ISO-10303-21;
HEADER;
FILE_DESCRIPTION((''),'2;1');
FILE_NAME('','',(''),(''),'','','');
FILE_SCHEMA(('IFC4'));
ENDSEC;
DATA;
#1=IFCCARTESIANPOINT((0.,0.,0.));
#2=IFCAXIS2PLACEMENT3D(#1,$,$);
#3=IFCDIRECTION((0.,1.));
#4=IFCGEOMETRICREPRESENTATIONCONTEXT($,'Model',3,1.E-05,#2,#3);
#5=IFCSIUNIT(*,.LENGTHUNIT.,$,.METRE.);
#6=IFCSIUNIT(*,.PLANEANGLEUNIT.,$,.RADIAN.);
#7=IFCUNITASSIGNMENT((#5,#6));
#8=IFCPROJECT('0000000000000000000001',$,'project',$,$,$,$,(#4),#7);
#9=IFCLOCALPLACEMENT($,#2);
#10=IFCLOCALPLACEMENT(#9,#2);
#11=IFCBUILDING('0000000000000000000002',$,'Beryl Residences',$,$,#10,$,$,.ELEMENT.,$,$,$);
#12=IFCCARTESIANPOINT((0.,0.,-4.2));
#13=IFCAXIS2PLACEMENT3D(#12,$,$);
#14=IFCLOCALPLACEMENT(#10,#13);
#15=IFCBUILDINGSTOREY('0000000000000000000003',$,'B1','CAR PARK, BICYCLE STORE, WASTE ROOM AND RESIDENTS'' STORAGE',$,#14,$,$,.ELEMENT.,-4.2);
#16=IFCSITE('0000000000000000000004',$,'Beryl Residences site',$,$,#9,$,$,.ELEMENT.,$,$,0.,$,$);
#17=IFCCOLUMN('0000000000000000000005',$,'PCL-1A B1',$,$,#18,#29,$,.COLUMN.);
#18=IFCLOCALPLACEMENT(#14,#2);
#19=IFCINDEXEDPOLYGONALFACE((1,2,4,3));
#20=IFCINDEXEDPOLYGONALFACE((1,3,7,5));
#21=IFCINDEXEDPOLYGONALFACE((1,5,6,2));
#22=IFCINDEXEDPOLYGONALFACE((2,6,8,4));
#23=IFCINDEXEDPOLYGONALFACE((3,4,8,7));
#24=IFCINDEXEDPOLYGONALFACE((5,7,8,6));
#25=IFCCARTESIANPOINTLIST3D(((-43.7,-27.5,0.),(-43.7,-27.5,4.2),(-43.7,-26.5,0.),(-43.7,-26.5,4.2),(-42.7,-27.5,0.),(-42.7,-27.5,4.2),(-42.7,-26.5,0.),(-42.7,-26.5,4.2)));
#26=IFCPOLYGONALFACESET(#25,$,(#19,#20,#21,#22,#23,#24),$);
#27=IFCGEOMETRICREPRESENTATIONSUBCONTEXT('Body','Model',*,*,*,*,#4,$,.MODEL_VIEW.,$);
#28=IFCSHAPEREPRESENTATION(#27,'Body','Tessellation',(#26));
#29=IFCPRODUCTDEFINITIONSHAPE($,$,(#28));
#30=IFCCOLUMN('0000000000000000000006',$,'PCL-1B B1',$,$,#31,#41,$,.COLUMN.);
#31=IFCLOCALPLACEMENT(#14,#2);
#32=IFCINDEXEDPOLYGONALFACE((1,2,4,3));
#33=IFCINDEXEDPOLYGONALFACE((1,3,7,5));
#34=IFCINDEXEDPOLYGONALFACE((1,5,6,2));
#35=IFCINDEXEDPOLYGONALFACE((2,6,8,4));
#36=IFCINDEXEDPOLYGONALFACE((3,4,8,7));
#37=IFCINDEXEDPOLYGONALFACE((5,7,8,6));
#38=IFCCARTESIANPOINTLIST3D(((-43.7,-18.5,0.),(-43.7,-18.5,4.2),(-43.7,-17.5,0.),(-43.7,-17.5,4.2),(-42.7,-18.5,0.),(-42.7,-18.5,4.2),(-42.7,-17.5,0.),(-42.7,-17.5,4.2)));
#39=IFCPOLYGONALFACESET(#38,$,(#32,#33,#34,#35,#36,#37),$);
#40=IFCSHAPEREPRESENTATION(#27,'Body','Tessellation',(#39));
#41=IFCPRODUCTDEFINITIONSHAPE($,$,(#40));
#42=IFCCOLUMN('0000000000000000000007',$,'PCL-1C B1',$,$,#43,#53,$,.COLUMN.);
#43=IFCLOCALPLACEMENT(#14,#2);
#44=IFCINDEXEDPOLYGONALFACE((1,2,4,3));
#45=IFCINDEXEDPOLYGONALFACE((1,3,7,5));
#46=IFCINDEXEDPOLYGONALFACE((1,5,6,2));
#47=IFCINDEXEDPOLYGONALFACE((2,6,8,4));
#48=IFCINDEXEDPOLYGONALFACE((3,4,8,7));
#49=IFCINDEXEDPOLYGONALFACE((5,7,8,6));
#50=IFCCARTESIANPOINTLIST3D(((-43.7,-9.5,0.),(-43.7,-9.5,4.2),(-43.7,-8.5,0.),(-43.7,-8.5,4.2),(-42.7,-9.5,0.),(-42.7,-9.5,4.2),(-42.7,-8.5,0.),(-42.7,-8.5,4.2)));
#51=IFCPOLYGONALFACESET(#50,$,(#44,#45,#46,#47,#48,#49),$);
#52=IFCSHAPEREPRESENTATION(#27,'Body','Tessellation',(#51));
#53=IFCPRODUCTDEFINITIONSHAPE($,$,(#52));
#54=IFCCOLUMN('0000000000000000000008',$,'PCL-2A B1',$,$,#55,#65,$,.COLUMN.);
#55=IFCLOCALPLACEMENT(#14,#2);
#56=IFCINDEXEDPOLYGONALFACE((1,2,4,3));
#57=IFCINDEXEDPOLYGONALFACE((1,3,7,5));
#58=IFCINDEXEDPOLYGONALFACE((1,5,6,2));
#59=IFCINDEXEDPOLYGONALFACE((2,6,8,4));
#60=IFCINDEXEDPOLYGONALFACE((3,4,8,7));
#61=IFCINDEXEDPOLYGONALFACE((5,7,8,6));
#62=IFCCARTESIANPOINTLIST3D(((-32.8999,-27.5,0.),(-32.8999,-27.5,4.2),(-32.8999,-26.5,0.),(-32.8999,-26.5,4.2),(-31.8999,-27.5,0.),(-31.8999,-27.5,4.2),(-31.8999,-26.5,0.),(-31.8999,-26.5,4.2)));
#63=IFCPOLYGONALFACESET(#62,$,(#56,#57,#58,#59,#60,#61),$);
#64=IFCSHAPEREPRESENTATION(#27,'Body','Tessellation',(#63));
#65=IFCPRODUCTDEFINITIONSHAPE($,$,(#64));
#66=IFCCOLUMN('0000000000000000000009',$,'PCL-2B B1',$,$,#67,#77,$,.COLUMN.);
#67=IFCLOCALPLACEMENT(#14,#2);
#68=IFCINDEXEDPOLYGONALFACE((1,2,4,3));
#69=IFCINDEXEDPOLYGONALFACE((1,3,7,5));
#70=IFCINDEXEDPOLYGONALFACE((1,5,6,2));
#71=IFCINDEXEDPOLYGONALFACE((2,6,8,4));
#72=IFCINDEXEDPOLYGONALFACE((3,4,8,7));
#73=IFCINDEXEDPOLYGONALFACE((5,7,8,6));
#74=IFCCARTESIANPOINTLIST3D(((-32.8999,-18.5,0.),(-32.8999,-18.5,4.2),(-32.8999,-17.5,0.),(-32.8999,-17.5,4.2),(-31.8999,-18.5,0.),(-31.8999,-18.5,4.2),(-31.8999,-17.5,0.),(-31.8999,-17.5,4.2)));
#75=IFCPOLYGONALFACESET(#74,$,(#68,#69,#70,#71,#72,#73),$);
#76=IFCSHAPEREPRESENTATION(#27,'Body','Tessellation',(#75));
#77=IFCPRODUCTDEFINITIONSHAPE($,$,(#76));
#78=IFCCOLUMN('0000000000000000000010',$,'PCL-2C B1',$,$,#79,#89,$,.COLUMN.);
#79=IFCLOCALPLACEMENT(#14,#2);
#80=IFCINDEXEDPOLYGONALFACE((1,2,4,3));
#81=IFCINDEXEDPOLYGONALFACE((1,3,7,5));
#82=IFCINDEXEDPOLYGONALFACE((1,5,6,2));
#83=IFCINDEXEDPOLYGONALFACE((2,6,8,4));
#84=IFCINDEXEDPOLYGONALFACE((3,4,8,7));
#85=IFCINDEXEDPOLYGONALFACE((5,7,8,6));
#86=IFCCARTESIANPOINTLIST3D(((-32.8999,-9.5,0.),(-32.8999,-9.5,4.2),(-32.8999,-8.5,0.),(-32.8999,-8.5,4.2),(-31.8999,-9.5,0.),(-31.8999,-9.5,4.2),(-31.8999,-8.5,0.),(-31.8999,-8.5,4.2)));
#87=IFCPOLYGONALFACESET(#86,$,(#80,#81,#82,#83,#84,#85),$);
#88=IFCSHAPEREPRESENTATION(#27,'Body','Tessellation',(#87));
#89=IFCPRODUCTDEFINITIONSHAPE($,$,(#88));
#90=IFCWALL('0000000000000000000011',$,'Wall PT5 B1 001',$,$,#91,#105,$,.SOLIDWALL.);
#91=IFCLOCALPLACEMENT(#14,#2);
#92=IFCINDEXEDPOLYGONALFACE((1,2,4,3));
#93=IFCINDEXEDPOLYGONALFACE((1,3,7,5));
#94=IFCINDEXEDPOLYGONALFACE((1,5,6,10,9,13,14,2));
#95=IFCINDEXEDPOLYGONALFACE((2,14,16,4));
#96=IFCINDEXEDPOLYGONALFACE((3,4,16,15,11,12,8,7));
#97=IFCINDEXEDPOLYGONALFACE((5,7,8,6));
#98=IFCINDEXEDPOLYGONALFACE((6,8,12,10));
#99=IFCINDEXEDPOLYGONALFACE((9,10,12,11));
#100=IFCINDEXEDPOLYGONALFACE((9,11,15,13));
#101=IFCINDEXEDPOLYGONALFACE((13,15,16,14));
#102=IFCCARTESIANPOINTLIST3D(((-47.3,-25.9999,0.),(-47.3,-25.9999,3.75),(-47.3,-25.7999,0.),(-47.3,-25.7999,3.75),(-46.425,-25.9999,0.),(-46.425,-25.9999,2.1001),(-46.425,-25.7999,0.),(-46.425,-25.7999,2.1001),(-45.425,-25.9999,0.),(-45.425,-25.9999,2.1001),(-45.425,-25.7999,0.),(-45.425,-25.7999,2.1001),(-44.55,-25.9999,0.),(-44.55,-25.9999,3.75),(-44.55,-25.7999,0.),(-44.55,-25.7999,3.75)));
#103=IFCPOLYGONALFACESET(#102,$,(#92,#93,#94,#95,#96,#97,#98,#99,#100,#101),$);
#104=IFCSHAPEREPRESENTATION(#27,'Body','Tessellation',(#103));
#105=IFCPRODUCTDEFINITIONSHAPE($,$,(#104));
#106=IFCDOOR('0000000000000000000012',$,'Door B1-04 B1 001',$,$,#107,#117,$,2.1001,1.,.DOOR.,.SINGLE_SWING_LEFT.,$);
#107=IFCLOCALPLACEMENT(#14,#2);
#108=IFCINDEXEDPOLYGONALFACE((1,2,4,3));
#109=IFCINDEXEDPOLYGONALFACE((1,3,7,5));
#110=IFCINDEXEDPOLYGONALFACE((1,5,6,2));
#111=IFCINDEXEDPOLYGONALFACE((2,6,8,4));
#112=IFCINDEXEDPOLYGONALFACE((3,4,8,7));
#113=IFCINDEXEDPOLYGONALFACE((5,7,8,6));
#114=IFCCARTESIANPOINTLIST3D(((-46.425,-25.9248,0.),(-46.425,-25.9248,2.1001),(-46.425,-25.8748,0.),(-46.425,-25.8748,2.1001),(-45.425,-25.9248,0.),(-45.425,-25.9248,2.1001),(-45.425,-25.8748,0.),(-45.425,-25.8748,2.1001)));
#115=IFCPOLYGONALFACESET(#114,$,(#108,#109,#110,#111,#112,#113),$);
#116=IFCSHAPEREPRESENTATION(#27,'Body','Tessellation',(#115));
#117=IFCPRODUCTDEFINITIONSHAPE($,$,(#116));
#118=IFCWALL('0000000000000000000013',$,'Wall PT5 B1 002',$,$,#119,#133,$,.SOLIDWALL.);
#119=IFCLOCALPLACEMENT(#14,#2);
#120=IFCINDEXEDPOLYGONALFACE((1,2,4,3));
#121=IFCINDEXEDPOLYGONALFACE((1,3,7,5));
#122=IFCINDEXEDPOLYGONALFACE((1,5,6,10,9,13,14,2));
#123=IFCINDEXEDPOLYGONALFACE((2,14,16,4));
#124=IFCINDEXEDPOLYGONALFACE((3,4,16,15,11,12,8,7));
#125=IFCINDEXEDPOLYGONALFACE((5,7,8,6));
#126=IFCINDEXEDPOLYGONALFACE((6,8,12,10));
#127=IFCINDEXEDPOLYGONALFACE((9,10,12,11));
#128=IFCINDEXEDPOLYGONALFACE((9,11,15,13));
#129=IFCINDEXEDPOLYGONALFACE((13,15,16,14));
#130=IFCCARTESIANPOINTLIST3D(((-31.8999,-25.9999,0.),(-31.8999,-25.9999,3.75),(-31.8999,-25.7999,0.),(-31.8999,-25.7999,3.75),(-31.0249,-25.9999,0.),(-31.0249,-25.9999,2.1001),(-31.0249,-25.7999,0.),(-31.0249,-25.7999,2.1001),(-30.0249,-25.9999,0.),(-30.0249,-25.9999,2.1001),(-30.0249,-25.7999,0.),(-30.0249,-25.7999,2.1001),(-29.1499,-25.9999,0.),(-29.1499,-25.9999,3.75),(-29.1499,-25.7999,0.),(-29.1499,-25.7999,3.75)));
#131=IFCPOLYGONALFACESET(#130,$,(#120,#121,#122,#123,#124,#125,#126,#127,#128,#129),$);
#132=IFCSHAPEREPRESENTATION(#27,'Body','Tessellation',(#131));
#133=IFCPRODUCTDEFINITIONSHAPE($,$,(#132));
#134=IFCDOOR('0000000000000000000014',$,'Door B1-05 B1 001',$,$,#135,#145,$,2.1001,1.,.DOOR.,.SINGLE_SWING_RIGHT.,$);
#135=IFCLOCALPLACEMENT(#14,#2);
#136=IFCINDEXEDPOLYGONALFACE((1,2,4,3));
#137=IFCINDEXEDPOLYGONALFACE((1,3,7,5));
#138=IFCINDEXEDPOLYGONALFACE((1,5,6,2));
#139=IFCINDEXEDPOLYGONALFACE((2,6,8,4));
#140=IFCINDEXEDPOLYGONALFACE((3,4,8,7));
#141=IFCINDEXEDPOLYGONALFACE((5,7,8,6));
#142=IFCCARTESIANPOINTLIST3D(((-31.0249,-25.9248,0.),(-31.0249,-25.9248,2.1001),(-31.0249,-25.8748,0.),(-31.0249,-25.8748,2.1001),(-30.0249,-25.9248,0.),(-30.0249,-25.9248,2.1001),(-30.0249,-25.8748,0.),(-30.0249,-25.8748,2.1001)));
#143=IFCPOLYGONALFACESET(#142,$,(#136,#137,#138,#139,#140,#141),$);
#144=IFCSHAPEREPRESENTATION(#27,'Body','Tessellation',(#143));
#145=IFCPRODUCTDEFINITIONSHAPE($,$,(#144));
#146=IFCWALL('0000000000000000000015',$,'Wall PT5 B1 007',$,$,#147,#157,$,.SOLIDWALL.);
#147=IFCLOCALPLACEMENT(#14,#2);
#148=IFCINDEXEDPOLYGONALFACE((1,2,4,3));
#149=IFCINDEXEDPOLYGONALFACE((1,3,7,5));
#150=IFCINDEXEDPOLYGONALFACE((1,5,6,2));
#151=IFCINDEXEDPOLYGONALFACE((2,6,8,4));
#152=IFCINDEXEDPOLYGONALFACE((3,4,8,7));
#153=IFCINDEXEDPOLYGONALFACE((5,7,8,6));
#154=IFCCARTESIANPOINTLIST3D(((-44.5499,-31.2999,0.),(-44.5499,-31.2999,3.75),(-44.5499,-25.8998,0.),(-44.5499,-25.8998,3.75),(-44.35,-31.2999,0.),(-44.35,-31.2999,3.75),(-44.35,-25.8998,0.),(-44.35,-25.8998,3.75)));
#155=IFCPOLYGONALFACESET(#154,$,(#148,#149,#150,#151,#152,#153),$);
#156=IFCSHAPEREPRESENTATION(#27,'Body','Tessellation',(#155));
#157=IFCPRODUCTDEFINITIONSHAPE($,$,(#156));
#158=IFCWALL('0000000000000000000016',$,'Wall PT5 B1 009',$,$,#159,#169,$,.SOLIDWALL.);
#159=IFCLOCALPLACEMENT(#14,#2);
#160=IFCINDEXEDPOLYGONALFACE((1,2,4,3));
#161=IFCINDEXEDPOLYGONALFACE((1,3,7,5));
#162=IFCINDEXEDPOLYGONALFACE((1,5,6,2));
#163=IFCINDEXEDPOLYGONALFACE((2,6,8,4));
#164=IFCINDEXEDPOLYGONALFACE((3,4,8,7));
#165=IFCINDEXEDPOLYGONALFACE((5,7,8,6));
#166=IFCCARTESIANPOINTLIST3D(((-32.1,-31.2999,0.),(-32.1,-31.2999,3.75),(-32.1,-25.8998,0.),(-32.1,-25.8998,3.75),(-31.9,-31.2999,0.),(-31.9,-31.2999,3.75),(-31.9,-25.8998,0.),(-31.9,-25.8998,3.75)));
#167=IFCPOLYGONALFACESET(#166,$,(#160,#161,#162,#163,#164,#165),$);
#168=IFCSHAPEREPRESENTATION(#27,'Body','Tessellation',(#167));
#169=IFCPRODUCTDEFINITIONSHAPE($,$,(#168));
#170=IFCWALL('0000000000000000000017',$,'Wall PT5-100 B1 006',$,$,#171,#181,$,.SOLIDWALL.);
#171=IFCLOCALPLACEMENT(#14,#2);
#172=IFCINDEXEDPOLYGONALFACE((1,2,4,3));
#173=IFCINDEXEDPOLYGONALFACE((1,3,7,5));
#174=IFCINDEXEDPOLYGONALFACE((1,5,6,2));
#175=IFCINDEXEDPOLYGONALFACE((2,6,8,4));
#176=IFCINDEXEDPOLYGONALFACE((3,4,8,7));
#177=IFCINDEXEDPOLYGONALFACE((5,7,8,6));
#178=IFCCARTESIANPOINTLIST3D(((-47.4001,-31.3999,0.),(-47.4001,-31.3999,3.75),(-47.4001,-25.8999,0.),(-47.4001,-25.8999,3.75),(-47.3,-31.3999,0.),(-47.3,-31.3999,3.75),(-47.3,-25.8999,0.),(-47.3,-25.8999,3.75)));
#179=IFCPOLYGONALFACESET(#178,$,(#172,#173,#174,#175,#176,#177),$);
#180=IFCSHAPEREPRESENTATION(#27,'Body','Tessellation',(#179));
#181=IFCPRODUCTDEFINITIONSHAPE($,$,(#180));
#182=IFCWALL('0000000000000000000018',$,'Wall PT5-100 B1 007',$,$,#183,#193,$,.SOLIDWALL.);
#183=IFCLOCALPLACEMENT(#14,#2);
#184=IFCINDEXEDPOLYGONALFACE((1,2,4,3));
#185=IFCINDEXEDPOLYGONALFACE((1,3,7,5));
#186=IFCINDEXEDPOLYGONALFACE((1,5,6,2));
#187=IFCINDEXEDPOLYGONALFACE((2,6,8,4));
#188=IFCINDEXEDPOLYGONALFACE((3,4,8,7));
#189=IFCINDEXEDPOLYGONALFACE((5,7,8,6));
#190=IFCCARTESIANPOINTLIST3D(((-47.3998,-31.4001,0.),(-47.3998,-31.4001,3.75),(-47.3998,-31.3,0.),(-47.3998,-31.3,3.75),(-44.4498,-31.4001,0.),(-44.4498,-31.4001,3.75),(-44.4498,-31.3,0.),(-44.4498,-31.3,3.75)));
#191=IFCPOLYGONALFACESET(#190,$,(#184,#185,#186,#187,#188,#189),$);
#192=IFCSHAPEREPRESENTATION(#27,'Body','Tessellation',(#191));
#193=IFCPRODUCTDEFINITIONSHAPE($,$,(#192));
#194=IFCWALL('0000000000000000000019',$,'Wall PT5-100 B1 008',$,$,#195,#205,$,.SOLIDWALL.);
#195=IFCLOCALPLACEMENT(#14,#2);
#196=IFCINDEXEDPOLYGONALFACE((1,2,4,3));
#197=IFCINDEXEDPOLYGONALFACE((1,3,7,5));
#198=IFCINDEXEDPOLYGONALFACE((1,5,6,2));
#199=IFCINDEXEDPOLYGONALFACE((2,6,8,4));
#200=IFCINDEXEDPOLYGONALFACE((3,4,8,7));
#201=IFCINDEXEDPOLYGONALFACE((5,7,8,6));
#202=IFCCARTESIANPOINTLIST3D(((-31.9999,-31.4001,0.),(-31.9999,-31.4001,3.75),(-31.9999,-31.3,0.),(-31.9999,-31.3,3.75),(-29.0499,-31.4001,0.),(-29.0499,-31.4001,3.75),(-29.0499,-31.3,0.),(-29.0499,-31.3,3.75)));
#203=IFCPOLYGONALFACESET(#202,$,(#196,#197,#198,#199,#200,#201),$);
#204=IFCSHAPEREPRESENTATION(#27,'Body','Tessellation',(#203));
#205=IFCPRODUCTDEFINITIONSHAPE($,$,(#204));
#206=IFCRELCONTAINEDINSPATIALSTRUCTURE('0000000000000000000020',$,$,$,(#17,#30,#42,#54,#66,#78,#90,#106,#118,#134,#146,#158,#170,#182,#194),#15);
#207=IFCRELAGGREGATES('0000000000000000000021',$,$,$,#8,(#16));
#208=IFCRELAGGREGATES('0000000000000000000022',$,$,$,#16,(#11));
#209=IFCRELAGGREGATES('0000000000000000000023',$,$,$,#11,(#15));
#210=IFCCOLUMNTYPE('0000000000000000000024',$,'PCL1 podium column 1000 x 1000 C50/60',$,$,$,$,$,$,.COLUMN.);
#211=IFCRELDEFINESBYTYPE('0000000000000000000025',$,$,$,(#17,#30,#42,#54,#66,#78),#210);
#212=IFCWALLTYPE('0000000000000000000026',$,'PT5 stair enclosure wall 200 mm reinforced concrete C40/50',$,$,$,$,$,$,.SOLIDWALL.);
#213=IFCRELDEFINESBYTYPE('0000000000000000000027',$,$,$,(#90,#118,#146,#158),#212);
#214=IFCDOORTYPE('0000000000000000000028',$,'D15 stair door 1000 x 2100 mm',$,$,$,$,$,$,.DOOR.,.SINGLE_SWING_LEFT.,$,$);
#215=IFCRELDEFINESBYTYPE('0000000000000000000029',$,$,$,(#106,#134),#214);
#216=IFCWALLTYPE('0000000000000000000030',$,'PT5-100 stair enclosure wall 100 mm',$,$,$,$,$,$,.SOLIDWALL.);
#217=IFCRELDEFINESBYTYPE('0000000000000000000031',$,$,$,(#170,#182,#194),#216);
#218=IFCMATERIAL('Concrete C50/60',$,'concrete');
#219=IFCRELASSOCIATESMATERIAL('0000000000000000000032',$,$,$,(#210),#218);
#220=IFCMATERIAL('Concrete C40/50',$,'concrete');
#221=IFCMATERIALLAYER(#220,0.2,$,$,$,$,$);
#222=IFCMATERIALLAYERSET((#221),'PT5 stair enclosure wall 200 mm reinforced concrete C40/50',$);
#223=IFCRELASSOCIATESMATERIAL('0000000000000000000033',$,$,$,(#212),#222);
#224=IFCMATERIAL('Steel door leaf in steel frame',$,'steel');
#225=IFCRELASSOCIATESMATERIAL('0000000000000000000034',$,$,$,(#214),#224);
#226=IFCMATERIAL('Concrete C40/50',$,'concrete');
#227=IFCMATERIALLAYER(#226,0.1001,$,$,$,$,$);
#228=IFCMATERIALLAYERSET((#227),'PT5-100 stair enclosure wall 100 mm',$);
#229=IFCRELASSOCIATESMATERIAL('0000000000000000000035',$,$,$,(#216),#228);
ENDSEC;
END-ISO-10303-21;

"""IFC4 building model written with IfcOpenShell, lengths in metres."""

from ifc_helpers import new_model, si_unit, direction, frame, frame_2d, origin, origin_2d, place, context, subcontext, project, spatial, rectangle, extrude, material, layer, layer_set, material_profile, profile_set, type_object, element, fill, save


model = new_model("IFC4")

# Units and contexts
model_context = context("Model", 3, precision=1e-05, world=origin(), true_north=direction((0.0, 1.0)))
body_context = subcontext(model_context, "Body", "Model", "MODEL_VIEW")
ifc_project = project(units=[si_unit("LENGTHUNIT", "METRE"), si_unit("PLANEANGLEUNIT", "RADIAN")], contexts=[model_context])

# Site, building, storey
site_placement = place(None, origin())
site = spatial("IfcSite", under=ifc_project, at=site_placement, Name="Beryl Residences site", CompositionType="ELEMENT", RefElevation=0.0)
building_placement = place(site_placement, origin())
building = spatial("IfcBuilding", under=site, at=building_placement, Name="Beryl Residences", CompositionType="ELEMENT")
storey_placement = place(building_placement, frame((0.0, 0.0, -4.2)))
storey = spatial("IfcBuildingStorey", under=building, at=storey_placement, Name="B1", Description="CAR PARK, BICYCLE STORE, WASTE ROOM AND RESIDENTS' STORAGE", CompositionType="ELEMENT", Elevation=-4.2)

# Columns
ifc_material_1 = material(Name="Concrete C50/60", Category="concrete")
ifc_material_profile = material_profile(ifc_material_1, rectangle(XDim=1.0, YDim=1.0, at=origin_2d()))
ifc_profile_set = profile_set([ifc_material_profile], Name="Concrete C50/60")
column_type = type_object("IfcColumnType", Name="PCL1 podium column 1000 x 1000 C50/60", PredefinedType="COLUMN", material=ifc_profile_set)
for number, where, z_axis, x_axis, name in (
    (1, (-43.2, -27.0, 0.0), (0.0, 0.0, 1.0), (1.0, 0.0, 0.0), "PCL-1A B1"),
    (2, (-43.2, -18.0, 0.0), (0.0, 0.0, 1.0), (1.0, 0.0, 0.0), "PCL-1B B1"),
    (3, (-43.2, -9.0, 0.0), (0.0, 0.0, 1.0), (1.0, 0.0, 0.0), "PCL-1C B1"),
    (4, (-32.3999, -27.0, 0.0), (0.0, 0.0, 1.0), (1.0, 0.0, 0.0), "PCL-2A B1"),
    (5, (-32.3999, -18.0, 0.0), (0.0, 0.0, 1.0), (1.0, 0.0, 0.0), "PCL-2B B1"),
    (6, (-32.3999, -9.0, 0.0), (0.0, 0.0, 1.0), (1.0, 0.0, 0.0), "PCL-2C B1"),
):
    element("IfcColumn", number, at=place(storey_placement, frame(where, z_axis=z_axis, x_axis=x_axis)), inside=storey, type_object=column_type, Name=name, PredefinedType="COLUMN", context=body_context, shape_type="SweptSolid", body=[
        extrude(rectangle(XDim=1.0, YDim=1.0, at=origin_2d()), origin(), (0.0, 0.0, 1.0), 4.2),
    ])

# Walls, openings, doors
ifc_material_2 = material(Name="Concrete C40/50", Category="concrete")
ifc_layer_1 = layer(ifc_material_2, 0.2)
ifc_layer_set_1 = layer_set([ifc_layer_1], Name="PT5 stair enclosure wall 200 mm reinforced concrete C40/50")
wall_type_1 = type_object("IfcWallType", Name="PT5 stair enclosure wall 200 mm reinforced concrete C40/50", PredefinedType="SOLIDWALL", material=ifc_layer_set_1)
wall_1_placement = place(storey_placement, frame((-47.3, -25.8999, 0.0), z_axis=(0.0, 0.0, 1.0), x_axis=(1.0, 0.0, 0.0)))
wall_1 = element("IfcWall", 7, at=wall_1_placement, inside=storey, type_object=wall_type_1, Name="Wall PT5 B1 001", PredefinedType="SOLIDWALL", context=body_context, shape_type="SweptSolid", body=[
    extrude(rectangle(XDim=2.75, YDim=0.2, at=frame_2d((1.375, 0.0))), origin(), (0.0, 0.0, 1.0), 3.75),
])
opening_1_placement = place(wall_1_placement, frame((1.875, 0.0, 0.0), z_axis=(0.0, 0.0, 1.0), x_axis=(-1.0, 0.0, 0.0)))
opening_1 = element("IfcOpeningElement", 8, at=opening_1_placement, cuts=wall_1, PredefinedType="OPENING", context=body_context, shape_type="SweptSolid", body=[
    extrude(rectangle(XDim=1.0, YDim=2.1001, at=frame_2d((0.5, 1.05))), frame((0.0, 0.1099, 0.0), z_axis=(0.0, -1.0, 0.0), x_axis=(1.0, 0.0, 0.0)), (0.0, 0.0, 1.0), 0.22),
])
ifc_material_3 = material(Name="Steel door leaf in steel frame", Category="steel")
door_type = type_object("IfcDoorType", Name="D15 stair door 1000 x 2100 mm", OperationType="SINGLE_SWING_LEFT", PredefinedType="DOOR", material=ifc_material_3)
door_1_placement = place(opening_1_placement, origin())
door_1 = element("IfcDoor", 9, at=door_1_placement, inside=storey, type_object=door_type, Name="Door B1-04 B1 001", OperationType="SINGLE_SWING_LEFT", OverallHeight=2.1001, OverallWidth=1.0, PredefinedType="DOOR", context=body_context, shape_type="SweptSolid", body=[
    extrude(rectangle(XDim=1.0, YDim=2.1001, at=frame_2d((0.5, 1.05))), frame((0.0, 0.0249, 0.0), z_axis=(0.0, -1.0, 0.0), x_axis=(1.0, 0.0, 0.0)), (0.0, 0.0, 1.0), 0.05),
])
fill(opening_1, door_1)
wall_2_placement = place(storey_placement, frame((-31.8999, -25.8999, 0.0), z_axis=(0.0, 0.0, 1.0), x_axis=(1.0, 0.0, 0.0)))
wall_2 = element("IfcWall", 10, at=wall_2_placement, inside=storey, type_object=wall_type_1, Name="Wall PT5 B1 002", PredefinedType="SOLIDWALL", context=body_context, shape_type="SweptSolid", body=[
    extrude(rectangle(XDim=2.75, YDim=0.2, at=frame_2d((1.375, 0.0))), origin(), (0.0, 0.0, 1.0), 3.75),
])
opening_2_placement = place(wall_2_placement, frame((1.875, 0.0, 0.0), z_axis=(0.0, 0.0, 1.0), x_axis=(-1.0, 0.0, 0.0)))
opening_2 = element("IfcOpeningElement", 11, at=opening_2_placement, cuts=wall_2, PredefinedType="OPENING", context=body_context, shape_type="SweptSolid", body=[
    extrude(rectangle(XDim=1.0, YDim=2.1001, at=frame_2d((0.5, 1.05))), frame((0.0, 0.1099, 0.0), z_axis=(0.0, -1.0, 0.0), x_axis=(1.0, 0.0, 0.0)), (0.0, 0.0, 1.0), 0.22),
])
door_2_placement = place(opening_2_placement, origin())
door_2 = element("IfcDoor", 12, at=door_2_placement, inside=storey, type_object=door_type, Name="Door B1-05 B1 001", OperationType="SINGLE_SWING_RIGHT", OverallHeight=2.1001, OverallWidth=1.0, PredefinedType="DOOR", context=body_context, shape_type="SweptSolid", body=[
    extrude(rectangle(XDim=1.0, YDim=2.1001, at=frame_2d((0.5, 1.05))), frame((0.0, 0.0249, 0.0), z_axis=(0.0, -1.0, 0.0), x_axis=(1.0, 0.0, 0.0)), (0.0, 0.0, 1.0), 0.05),
])
fill(opening_2, door_2)

# Walls
for number, where, z_axis, x_axis, name in (
    (13, (-44.45, -31.3, 0.0), (0.0, 0.0, 1.0), (0.0, 1.0, 0.0), "Wall PT5 B1 007"),
    (14, (-32.0, -31.3, 0.0), (0.0, 0.0, 1.0), (0.0, 1.0, 0.0), "Wall PT5 B1 009"),
):
    element("IfcWall", number, at=place(storey_placement, frame(where, z_axis=z_axis, x_axis=x_axis)), inside=storey, type_object=wall_type_1, Name=name, PredefinedType="SOLIDWALL", context=body_context, shape_type="SweptSolid", body=[
        extrude(rectangle(XDim=5.4001, YDim=0.2, at=frame_2d((2.7002, 0.0))), origin(), (0.0, 0.0, 1.0), 3.75),
    ])
ifc_material_4 = material(Name="Concrete C40/50", Category="concrete")
ifc_layer_2 = layer(ifc_material_4, 0.1001)
ifc_layer_set_2 = layer_set([ifc_layer_2], Name="PT5-100 stair enclosure wall 100 mm")
wall_type_2 = type_object("IfcWallType", Name="PT5-100 stair enclosure wall 100 mm", PredefinedType="SOLIDWALL", material=ifc_layer_set_2)
wall_3_placement = place(storey_placement, frame((-47.3501, -31.3999, 0.0), z_axis=(0.0, 0.0, 1.0), x_axis=(0.0, 1.0, 0.0)))
element("IfcWall", 15, at=wall_3_placement, inside=storey, type_object=wall_type_2, Name="Wall PT5-100 B1 006", PredefinedType="SOLIDWALL", context=body_context, shape_type="SweptSolid", body=[
    extrude(rectangle(XDim=5.5, YDim=0.1001, at=frame_2d((2.75, 0.0))), origin(), (0.0, 0.0, 1.0), 3.75),
])
for number, where, z_axis, x_axis, name in (
    (16, (-47.3999, -31.3501, 0.0), (0.0, 0.0, 1.0), (1.0, 0.0, 0.0), "Wall PT5-100 B1 007"),
    (17, (-32.0, -31.3501, 0.0), (0.0, 0.0, 1.0), (1.0, 0.0, 0.0), "Wall PT5-100 B1 008"),
):
    element("IfcWall", number, at=place(storey_placement, frame(where, z_axis=z_axis, x_axis=x_axis)), inside=storey, type_object=wall_type_2, Name=name, PredefinedType="SOLIDWALL", context=body_context, shape_type="SweptSolid", body=[
        extrude(rectangle(XDim=2.95, YDim=0.1001, at=frame_2d((1.4751, 0.0))), origin(), (0.0, 0.0, 1.0), 3.75),
    ])

save(model, "model.ifc")
